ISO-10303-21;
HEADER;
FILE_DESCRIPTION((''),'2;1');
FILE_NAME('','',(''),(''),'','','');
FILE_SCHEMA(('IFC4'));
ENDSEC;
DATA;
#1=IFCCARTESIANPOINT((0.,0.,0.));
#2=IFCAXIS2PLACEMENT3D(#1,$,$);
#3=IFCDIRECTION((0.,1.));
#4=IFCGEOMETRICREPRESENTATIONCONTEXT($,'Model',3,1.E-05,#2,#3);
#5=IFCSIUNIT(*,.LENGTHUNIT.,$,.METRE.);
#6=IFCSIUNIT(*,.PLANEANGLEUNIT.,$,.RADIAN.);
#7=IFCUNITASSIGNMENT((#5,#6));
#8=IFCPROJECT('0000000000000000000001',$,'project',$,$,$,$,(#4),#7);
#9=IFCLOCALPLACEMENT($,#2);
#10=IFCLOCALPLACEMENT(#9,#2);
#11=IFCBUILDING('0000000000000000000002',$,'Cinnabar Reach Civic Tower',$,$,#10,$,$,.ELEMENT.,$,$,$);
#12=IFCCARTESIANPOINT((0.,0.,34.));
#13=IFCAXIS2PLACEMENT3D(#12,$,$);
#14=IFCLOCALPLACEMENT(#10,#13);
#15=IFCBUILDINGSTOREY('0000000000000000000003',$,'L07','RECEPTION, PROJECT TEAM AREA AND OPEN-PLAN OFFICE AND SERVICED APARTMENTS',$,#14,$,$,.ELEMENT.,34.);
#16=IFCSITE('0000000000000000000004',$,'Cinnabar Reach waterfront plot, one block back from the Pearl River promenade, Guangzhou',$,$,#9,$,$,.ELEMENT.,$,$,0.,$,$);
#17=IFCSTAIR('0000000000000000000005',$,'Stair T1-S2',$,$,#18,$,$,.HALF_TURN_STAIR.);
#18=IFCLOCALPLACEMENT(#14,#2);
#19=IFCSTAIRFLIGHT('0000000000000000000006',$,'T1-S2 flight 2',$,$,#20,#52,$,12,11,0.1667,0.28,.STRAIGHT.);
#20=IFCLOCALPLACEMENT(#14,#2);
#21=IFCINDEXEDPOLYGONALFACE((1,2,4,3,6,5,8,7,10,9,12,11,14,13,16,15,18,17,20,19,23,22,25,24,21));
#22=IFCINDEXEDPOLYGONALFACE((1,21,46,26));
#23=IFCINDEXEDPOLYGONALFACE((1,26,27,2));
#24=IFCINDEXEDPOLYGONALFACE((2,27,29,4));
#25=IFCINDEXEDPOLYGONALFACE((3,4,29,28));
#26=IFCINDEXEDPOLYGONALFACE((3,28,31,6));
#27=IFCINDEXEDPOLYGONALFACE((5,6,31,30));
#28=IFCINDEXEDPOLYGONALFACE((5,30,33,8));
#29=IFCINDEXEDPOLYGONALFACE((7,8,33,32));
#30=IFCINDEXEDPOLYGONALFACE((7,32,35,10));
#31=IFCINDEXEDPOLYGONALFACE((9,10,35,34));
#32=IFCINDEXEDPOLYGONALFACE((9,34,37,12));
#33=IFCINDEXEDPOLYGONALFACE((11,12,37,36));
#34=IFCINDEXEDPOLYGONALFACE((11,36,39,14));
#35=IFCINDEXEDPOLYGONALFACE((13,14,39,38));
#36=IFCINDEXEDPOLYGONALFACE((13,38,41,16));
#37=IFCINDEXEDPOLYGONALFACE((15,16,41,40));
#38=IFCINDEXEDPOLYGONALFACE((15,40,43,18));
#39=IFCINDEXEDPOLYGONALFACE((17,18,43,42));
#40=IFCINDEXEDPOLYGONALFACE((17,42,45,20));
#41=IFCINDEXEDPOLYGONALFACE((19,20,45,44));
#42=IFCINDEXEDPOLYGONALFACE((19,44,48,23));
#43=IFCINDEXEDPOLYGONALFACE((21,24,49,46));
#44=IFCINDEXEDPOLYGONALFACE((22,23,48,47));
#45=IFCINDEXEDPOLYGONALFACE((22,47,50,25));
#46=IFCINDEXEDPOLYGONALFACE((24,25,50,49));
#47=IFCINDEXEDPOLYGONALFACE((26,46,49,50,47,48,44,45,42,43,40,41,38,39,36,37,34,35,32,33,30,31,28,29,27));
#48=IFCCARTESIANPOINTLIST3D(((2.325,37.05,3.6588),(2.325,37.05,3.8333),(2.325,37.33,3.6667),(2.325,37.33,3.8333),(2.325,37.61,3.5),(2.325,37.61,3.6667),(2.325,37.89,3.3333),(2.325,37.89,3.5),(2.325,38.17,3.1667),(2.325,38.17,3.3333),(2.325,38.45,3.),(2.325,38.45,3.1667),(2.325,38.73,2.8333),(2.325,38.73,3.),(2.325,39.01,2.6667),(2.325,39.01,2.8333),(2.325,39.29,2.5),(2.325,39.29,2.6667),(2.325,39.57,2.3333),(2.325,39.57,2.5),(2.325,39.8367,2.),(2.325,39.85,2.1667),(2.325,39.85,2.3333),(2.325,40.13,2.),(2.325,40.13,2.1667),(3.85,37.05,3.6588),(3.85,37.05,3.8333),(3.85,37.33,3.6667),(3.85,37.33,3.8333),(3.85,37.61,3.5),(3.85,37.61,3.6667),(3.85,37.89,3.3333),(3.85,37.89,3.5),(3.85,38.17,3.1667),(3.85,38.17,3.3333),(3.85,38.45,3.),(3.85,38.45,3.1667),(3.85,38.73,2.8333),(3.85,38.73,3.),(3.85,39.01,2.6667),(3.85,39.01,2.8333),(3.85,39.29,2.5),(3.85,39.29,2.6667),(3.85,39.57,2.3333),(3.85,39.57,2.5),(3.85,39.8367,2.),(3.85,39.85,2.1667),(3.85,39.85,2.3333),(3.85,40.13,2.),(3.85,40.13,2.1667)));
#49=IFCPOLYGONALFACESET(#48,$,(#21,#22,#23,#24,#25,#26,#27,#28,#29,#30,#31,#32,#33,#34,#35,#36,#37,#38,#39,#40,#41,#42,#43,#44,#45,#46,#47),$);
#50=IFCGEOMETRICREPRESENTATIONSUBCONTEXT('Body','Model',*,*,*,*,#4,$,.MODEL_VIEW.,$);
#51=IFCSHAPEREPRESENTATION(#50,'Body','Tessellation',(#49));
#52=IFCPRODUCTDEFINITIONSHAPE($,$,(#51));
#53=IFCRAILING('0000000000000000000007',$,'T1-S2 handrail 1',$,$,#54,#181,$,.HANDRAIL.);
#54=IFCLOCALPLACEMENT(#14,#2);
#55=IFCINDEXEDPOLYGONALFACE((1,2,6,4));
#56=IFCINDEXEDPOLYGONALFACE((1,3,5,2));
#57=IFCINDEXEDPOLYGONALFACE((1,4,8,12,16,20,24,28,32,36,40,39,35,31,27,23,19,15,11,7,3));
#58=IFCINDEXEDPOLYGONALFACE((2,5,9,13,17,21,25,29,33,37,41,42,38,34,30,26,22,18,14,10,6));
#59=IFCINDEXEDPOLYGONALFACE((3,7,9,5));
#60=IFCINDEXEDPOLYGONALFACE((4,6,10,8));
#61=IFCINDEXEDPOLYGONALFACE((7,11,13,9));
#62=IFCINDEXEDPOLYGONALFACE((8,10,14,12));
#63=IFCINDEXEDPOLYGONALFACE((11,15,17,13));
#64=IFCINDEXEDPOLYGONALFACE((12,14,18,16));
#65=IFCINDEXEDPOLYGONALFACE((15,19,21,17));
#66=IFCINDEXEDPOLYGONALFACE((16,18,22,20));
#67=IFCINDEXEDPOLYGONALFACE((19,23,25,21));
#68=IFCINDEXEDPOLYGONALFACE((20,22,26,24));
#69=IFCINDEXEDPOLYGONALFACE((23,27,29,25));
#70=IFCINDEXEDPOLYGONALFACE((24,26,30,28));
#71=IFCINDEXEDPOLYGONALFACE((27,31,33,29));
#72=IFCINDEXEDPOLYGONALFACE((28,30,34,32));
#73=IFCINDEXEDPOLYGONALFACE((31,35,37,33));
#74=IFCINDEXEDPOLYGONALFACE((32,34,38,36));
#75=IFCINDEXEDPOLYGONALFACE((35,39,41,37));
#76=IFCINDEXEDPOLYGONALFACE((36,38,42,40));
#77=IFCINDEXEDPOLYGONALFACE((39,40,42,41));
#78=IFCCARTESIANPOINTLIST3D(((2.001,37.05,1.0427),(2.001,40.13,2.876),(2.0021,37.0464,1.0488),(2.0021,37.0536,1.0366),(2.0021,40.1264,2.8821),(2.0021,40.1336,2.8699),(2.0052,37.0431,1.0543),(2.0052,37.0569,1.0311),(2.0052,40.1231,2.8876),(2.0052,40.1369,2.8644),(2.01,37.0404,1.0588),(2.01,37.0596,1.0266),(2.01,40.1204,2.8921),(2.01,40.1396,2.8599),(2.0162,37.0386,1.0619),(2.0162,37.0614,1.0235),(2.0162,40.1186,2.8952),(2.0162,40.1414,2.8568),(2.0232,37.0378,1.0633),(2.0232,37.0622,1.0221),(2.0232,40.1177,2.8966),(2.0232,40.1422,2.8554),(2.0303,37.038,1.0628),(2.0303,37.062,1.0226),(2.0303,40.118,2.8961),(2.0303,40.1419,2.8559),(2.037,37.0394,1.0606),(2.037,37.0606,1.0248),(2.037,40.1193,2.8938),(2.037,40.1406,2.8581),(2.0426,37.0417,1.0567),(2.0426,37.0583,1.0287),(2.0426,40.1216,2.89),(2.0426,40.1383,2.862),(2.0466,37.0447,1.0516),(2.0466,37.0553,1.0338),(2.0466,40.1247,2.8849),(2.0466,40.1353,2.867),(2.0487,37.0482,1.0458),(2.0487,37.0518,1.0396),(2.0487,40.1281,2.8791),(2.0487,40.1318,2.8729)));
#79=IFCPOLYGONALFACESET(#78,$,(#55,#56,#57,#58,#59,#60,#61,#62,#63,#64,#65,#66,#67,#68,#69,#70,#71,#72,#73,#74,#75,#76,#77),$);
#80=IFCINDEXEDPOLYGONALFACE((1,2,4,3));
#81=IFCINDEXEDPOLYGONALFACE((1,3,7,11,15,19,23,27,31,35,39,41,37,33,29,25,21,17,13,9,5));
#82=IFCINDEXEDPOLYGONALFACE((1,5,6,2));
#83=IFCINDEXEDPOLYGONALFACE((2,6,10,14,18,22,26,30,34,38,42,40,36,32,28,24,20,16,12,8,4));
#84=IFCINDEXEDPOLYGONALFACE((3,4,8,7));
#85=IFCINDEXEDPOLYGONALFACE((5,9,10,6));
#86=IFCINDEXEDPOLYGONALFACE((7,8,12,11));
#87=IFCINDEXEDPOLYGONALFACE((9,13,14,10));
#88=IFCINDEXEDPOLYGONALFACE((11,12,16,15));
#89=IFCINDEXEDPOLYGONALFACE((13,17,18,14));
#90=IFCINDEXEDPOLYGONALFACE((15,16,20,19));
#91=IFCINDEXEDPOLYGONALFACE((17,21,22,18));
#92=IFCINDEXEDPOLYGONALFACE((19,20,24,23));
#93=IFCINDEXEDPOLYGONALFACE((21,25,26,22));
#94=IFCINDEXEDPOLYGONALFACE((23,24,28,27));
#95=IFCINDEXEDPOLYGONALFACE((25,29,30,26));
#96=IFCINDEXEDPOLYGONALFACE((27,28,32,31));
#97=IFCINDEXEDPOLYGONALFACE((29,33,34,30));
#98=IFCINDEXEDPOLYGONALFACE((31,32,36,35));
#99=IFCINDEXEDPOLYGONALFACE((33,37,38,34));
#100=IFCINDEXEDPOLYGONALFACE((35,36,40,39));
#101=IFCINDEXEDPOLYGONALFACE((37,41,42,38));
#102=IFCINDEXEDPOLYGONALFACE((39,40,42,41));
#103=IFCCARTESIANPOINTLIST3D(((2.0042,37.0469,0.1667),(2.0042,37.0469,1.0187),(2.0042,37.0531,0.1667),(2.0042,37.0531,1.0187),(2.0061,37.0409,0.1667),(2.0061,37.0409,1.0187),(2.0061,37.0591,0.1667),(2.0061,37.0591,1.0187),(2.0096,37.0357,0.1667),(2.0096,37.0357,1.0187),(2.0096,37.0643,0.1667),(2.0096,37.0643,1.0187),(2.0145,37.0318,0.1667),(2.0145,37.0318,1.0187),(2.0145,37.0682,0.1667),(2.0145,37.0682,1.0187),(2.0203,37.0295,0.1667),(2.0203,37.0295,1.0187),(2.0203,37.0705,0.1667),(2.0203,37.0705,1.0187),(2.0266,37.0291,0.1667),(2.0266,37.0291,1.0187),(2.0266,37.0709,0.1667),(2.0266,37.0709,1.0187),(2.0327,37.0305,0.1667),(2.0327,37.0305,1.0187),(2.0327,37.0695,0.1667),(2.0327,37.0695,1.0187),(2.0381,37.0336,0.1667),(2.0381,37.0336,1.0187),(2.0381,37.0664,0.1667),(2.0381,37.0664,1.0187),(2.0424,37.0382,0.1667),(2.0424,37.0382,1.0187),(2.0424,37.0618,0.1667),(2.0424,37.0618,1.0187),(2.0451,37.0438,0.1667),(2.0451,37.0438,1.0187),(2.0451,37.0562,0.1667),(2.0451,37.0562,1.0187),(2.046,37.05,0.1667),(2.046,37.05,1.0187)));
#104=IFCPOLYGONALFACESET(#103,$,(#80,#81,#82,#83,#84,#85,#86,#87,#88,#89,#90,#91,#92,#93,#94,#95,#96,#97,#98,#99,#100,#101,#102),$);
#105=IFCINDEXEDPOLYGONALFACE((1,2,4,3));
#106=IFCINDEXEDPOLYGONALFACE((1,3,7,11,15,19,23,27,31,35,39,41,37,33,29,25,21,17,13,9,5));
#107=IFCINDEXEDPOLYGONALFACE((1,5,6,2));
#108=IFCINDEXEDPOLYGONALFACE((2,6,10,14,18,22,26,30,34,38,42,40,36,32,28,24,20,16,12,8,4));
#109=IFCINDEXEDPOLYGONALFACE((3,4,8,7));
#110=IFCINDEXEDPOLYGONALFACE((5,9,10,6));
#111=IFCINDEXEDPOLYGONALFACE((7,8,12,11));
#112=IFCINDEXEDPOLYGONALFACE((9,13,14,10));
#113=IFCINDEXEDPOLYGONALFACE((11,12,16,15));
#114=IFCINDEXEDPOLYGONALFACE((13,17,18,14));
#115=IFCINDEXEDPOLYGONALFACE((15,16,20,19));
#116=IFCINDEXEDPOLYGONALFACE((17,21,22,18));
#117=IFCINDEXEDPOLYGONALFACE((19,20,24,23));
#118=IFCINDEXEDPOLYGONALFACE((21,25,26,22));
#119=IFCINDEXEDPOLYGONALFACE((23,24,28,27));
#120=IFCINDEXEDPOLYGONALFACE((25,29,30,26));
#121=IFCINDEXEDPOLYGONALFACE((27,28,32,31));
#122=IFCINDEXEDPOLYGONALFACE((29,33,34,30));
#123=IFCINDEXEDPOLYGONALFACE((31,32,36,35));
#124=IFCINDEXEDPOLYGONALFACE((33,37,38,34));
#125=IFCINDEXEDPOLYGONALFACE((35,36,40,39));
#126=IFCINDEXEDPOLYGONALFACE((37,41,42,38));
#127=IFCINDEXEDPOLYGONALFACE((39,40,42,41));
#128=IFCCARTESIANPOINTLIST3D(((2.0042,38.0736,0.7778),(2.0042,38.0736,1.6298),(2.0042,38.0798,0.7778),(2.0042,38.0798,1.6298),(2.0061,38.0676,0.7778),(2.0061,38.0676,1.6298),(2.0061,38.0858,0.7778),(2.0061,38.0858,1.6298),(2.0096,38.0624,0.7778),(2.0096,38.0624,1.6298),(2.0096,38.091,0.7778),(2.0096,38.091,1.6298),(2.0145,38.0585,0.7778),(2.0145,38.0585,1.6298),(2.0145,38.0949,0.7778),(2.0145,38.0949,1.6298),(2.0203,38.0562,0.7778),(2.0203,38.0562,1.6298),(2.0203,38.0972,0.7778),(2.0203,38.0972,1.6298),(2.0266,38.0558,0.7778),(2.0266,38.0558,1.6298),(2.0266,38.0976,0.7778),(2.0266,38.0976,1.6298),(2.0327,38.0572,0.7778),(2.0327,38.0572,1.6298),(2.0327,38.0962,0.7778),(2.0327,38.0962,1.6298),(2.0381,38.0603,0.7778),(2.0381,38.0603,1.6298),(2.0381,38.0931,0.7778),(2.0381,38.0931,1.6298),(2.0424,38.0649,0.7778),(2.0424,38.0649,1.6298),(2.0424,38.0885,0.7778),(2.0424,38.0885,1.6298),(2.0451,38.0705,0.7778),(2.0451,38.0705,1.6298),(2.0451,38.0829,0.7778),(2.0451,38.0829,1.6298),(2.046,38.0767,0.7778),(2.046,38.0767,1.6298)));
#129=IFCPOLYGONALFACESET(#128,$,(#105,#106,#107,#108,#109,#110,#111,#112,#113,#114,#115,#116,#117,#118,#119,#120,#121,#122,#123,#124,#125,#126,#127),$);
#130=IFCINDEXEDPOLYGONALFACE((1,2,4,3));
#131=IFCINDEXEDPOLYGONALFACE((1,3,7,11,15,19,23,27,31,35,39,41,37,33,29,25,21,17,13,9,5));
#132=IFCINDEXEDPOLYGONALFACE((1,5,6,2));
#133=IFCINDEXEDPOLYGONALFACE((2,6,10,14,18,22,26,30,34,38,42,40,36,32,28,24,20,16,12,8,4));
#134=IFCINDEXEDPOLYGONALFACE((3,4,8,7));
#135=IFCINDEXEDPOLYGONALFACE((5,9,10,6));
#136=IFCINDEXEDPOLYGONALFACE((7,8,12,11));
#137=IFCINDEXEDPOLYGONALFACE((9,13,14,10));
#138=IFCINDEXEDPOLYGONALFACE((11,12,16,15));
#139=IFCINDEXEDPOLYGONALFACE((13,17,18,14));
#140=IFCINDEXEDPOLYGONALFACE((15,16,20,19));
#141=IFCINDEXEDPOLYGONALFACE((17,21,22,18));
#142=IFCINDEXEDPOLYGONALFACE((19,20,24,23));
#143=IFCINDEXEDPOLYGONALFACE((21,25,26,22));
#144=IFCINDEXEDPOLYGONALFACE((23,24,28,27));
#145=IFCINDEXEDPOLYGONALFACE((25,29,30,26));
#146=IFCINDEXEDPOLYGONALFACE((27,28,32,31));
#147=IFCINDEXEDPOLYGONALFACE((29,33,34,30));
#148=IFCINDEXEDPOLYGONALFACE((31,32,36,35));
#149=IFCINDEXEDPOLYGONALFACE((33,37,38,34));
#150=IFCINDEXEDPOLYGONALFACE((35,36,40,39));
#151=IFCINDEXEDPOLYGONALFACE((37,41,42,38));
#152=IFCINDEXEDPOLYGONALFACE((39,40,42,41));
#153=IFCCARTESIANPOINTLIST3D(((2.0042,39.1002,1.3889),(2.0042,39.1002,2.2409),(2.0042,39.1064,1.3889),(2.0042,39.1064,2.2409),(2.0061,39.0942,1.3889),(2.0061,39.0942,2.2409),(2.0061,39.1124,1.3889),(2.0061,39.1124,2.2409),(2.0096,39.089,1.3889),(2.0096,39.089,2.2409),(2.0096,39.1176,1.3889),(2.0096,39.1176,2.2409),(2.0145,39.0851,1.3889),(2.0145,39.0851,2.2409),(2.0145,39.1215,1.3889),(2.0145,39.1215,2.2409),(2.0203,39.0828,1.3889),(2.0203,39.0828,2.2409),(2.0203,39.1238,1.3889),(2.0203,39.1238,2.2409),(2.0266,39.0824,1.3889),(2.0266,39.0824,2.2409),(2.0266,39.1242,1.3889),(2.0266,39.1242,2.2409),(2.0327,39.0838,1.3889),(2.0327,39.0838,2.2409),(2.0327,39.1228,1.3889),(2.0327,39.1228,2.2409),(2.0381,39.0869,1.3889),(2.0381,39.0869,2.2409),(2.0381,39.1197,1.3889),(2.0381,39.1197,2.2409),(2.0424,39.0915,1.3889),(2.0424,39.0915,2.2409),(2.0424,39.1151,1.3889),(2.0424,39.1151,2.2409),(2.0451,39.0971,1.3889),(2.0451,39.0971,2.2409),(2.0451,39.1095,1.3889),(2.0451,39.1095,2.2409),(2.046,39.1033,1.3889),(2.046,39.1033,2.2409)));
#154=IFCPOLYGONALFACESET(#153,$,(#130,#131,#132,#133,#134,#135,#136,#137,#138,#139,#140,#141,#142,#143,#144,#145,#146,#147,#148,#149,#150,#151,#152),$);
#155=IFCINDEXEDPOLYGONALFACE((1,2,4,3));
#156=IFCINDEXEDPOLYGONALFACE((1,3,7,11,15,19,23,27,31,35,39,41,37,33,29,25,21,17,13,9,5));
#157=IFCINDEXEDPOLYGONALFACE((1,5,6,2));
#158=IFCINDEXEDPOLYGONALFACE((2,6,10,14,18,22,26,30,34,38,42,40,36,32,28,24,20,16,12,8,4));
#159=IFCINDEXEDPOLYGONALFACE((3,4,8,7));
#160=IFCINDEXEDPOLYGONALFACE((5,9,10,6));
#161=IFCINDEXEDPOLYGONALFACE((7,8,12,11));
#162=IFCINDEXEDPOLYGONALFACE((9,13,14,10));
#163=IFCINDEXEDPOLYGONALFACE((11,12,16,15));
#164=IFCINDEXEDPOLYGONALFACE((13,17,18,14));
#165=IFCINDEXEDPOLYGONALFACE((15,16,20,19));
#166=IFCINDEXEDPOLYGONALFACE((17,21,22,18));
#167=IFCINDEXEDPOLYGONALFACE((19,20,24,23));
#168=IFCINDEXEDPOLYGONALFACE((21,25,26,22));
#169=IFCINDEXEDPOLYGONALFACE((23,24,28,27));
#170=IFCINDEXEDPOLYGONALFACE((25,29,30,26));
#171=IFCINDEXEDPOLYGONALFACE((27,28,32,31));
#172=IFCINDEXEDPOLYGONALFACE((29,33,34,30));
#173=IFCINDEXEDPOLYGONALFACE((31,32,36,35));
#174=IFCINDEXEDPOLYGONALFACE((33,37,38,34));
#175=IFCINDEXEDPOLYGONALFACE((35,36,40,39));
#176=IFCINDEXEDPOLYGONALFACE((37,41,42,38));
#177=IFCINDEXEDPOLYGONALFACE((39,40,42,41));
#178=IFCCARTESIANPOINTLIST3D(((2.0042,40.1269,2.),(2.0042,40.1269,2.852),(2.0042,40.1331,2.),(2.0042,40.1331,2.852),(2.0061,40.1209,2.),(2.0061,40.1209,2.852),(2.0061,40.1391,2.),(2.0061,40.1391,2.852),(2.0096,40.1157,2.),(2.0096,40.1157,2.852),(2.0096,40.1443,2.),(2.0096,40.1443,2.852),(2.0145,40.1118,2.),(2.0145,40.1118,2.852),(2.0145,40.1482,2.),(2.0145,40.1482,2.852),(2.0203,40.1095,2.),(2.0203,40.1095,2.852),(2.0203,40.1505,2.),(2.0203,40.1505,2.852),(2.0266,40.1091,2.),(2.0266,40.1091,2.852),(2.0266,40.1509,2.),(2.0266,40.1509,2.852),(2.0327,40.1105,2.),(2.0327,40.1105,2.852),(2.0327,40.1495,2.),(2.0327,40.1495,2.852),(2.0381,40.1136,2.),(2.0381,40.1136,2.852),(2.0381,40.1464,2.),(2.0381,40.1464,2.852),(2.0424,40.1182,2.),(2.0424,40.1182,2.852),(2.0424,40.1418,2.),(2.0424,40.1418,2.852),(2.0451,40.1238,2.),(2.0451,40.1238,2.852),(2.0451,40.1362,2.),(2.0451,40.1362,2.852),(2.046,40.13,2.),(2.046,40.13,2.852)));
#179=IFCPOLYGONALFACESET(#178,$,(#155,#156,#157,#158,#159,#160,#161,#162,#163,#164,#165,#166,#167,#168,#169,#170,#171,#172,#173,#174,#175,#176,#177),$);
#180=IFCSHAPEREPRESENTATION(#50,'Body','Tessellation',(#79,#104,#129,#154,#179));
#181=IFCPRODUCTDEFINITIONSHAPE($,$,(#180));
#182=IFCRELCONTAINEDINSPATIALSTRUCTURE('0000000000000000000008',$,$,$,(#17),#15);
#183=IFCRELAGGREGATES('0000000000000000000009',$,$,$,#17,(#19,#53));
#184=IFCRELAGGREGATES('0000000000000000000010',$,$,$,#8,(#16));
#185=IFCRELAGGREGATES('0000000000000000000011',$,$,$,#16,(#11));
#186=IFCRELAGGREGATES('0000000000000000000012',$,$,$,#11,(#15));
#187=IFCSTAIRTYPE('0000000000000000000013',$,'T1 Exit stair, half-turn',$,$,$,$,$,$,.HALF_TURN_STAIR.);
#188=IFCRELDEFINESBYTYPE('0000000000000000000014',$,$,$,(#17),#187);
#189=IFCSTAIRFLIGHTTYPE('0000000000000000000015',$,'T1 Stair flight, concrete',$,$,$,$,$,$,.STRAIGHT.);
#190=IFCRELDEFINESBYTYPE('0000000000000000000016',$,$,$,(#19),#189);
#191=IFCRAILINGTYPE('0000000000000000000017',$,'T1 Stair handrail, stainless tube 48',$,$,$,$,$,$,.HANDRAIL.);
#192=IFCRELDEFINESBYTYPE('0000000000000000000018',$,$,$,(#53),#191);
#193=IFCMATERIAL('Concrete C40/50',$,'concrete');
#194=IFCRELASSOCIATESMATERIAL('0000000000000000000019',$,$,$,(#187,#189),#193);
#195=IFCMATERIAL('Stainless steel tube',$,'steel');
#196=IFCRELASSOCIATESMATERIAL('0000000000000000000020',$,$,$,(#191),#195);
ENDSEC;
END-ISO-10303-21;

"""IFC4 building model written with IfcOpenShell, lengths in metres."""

from ifc_helpers import new_model, si_unit, direction, frame, origin, origin_2d, place, context, subcontext, project, spatial, polyline, circle, outline, extrude, material, type_object, element, aggregate, save


model = new_model("IFC4")

# Units and contexts
model_context = context("Model", 3, precision=1e-05, world=origin(), true_north=direction((0.0, 1.0)))
body_context = subcontext(model_context, "Body", "Model", "MODEL_VIEW")
ifc_project = project(units=[si_unit("LENGTHUNIT", "METRE"), si_unit("PLANEANGLEUNIT", "RADIAN")], contexts=[model_context])

# Site, building, storey
site_placement = place(None, origin())
site = spatial("IfcSite", under=ifc_project, at=site_placement, Name="Cinnabar Reach waterfront plot, one block back from the Pearl River promenade, Guangzhou", CompositionType="ELEMENT", RefElevation=0.0)
building_placement = place(site_placement, origin())
building = spatial("IfcBuilding", under=site, at=building_placement, Name="Cinnabar Reach Civic Tower", CompositionType="ELEMENT")
storey_placement = place(building_placement, frame((0.0, 0.0, 34.0)))
storey = spatial("IfcBuildingStorey", under=building, at=storey_placement, Name="L07", Description="RECEPTION, PROJECT TEAM AREA AND OPEN-PLAN OFFICE AND SERVICED APARTMENTS", CompositionType="ELEMENT", Elevation=34.0)

# Shared definitions
ifc_material_1 = material(Name="Concrete C40/50", Category="concrete")

# Stair, stair flight, railing
stair_type = type_object("IfcStairType", Name="T1 Exit stair, half-turn", PredefinedType="HALF_TURN_STAIR", material=ifc_material_1)
stair_placement = place(storey_placement, origin())
stair = element("IfcStair", 1, at=stair_placement, inside=storey, type_object=stair_type, Name="Stair T1-S2", PredefinedType="HALF_TURN_STAIR")
stair_flight_type = type_object("IfcStairFlightType", Name="T1 Stair flight, concrete", PredefinedType="STRAIGHT", material=ifc_material_1)
stair_flight_1_placement = place(storey_placement, frame((3.0875, 40.13, 2.0), z_axis=(0.0, 0.0, 1.0), x_axis=(0.0, -1.0, 0.0)))
stair_flight_1 = element("IfcStairFlight", 2, at=stair_flight_1_placement, type_object=stair_flight_type, Name="T1-S2 flight 2", NumberOfRisers=12, NumberOfTreads=11, PredefinedType="STRAIGHT", RiserHeight=0.1667, TreadLength=0.28, context=body_context, shape_type="SweptSolid", body=[
    extrude(outline(polyline([(0.0, 0.0), (0.0, 0.1667), (0.28, 0.1667), (0.28, 0.3333), (0.56, 0.3333), (0.56, 0.5), (0.84, 0.5), (0.84, 0.6667), (1.12, 0.6667), (1.12, 0.8333), (1.4, 0.8333), (1.4, 1.0), (1.68, 1.0), (1.68, 1.1667), (1.96, 1.1667), (1.96, 1.3333), (2.24, 1.3333), (2.24, 1.5), (2.52, 1.5), (2.52, 1.6667), (2.8, 1.6667), (2.8, 1.8333), (3.08, 1.8333), (3.08, 2.0), (3.08, 1.6588), (0.2933, 0.0), (0.0, 0.0)])), frame((0.0, 0.7625, 0.0), z_axis=(0.0, -1.0, 0.0), x_axis=(1.0, 0.0, 0.0)), (0.0, 0.0, 1.0), 1.525),
])
ifc_material_2 = material(Name="Stainless steel tube", Category="steel")
railing_type = type_object("IfcRailingType", Name="T1 Stair handrail, stainless tube 48", PredefinedType="HANDRAIL", material=ifc_material_2)
railing_1_placement = place(storey_placement, frame((2.025, 37.05, 0.1667)))
railing_1 = element("IfcRailing", 3, at=railing_1_placement, type_object=railing_type, Name="T1-S2 handrail 1", PredefinedType="HANDRAIL", context=body_context, shape_type="SweptSolid", body=[
    extrude(circle(Radius=0.024, at=origin_2d()), frame((0.0, 0.0, 0.876), z_axis=(0.0, 0.859297, 0.511477), x_axis=(-1.0, 0.0, 0.0)), (0.0, 0.0, 1.0), 3.5843),
    extrude(circle(Radius=0.021, at=origin_2d()), origin(), (0.0, 0.0, 1.0), 0.852),
    extrude(circle(Radius=0.021, at=origin_2d()), frame((0.0, 1.0267, 0.6111)), (0.0, 0.0, 1.0), 0.852),
    extrude(circle(Radius=0.021, at=origin_2d()), frame((0.0, 2.0533, 1.2222)), (0.0, 0.0, 1.0), 0.852),
    extrude(circle(Radius=0.021, at=origin_2d()), frame((0.0, 3.08, 1.8333)), (0.0, 0.0, 1.0), 0.852),
])
aggregate(stair, [stair_flight_1, railing_1])

save(model, "model.ifc")
